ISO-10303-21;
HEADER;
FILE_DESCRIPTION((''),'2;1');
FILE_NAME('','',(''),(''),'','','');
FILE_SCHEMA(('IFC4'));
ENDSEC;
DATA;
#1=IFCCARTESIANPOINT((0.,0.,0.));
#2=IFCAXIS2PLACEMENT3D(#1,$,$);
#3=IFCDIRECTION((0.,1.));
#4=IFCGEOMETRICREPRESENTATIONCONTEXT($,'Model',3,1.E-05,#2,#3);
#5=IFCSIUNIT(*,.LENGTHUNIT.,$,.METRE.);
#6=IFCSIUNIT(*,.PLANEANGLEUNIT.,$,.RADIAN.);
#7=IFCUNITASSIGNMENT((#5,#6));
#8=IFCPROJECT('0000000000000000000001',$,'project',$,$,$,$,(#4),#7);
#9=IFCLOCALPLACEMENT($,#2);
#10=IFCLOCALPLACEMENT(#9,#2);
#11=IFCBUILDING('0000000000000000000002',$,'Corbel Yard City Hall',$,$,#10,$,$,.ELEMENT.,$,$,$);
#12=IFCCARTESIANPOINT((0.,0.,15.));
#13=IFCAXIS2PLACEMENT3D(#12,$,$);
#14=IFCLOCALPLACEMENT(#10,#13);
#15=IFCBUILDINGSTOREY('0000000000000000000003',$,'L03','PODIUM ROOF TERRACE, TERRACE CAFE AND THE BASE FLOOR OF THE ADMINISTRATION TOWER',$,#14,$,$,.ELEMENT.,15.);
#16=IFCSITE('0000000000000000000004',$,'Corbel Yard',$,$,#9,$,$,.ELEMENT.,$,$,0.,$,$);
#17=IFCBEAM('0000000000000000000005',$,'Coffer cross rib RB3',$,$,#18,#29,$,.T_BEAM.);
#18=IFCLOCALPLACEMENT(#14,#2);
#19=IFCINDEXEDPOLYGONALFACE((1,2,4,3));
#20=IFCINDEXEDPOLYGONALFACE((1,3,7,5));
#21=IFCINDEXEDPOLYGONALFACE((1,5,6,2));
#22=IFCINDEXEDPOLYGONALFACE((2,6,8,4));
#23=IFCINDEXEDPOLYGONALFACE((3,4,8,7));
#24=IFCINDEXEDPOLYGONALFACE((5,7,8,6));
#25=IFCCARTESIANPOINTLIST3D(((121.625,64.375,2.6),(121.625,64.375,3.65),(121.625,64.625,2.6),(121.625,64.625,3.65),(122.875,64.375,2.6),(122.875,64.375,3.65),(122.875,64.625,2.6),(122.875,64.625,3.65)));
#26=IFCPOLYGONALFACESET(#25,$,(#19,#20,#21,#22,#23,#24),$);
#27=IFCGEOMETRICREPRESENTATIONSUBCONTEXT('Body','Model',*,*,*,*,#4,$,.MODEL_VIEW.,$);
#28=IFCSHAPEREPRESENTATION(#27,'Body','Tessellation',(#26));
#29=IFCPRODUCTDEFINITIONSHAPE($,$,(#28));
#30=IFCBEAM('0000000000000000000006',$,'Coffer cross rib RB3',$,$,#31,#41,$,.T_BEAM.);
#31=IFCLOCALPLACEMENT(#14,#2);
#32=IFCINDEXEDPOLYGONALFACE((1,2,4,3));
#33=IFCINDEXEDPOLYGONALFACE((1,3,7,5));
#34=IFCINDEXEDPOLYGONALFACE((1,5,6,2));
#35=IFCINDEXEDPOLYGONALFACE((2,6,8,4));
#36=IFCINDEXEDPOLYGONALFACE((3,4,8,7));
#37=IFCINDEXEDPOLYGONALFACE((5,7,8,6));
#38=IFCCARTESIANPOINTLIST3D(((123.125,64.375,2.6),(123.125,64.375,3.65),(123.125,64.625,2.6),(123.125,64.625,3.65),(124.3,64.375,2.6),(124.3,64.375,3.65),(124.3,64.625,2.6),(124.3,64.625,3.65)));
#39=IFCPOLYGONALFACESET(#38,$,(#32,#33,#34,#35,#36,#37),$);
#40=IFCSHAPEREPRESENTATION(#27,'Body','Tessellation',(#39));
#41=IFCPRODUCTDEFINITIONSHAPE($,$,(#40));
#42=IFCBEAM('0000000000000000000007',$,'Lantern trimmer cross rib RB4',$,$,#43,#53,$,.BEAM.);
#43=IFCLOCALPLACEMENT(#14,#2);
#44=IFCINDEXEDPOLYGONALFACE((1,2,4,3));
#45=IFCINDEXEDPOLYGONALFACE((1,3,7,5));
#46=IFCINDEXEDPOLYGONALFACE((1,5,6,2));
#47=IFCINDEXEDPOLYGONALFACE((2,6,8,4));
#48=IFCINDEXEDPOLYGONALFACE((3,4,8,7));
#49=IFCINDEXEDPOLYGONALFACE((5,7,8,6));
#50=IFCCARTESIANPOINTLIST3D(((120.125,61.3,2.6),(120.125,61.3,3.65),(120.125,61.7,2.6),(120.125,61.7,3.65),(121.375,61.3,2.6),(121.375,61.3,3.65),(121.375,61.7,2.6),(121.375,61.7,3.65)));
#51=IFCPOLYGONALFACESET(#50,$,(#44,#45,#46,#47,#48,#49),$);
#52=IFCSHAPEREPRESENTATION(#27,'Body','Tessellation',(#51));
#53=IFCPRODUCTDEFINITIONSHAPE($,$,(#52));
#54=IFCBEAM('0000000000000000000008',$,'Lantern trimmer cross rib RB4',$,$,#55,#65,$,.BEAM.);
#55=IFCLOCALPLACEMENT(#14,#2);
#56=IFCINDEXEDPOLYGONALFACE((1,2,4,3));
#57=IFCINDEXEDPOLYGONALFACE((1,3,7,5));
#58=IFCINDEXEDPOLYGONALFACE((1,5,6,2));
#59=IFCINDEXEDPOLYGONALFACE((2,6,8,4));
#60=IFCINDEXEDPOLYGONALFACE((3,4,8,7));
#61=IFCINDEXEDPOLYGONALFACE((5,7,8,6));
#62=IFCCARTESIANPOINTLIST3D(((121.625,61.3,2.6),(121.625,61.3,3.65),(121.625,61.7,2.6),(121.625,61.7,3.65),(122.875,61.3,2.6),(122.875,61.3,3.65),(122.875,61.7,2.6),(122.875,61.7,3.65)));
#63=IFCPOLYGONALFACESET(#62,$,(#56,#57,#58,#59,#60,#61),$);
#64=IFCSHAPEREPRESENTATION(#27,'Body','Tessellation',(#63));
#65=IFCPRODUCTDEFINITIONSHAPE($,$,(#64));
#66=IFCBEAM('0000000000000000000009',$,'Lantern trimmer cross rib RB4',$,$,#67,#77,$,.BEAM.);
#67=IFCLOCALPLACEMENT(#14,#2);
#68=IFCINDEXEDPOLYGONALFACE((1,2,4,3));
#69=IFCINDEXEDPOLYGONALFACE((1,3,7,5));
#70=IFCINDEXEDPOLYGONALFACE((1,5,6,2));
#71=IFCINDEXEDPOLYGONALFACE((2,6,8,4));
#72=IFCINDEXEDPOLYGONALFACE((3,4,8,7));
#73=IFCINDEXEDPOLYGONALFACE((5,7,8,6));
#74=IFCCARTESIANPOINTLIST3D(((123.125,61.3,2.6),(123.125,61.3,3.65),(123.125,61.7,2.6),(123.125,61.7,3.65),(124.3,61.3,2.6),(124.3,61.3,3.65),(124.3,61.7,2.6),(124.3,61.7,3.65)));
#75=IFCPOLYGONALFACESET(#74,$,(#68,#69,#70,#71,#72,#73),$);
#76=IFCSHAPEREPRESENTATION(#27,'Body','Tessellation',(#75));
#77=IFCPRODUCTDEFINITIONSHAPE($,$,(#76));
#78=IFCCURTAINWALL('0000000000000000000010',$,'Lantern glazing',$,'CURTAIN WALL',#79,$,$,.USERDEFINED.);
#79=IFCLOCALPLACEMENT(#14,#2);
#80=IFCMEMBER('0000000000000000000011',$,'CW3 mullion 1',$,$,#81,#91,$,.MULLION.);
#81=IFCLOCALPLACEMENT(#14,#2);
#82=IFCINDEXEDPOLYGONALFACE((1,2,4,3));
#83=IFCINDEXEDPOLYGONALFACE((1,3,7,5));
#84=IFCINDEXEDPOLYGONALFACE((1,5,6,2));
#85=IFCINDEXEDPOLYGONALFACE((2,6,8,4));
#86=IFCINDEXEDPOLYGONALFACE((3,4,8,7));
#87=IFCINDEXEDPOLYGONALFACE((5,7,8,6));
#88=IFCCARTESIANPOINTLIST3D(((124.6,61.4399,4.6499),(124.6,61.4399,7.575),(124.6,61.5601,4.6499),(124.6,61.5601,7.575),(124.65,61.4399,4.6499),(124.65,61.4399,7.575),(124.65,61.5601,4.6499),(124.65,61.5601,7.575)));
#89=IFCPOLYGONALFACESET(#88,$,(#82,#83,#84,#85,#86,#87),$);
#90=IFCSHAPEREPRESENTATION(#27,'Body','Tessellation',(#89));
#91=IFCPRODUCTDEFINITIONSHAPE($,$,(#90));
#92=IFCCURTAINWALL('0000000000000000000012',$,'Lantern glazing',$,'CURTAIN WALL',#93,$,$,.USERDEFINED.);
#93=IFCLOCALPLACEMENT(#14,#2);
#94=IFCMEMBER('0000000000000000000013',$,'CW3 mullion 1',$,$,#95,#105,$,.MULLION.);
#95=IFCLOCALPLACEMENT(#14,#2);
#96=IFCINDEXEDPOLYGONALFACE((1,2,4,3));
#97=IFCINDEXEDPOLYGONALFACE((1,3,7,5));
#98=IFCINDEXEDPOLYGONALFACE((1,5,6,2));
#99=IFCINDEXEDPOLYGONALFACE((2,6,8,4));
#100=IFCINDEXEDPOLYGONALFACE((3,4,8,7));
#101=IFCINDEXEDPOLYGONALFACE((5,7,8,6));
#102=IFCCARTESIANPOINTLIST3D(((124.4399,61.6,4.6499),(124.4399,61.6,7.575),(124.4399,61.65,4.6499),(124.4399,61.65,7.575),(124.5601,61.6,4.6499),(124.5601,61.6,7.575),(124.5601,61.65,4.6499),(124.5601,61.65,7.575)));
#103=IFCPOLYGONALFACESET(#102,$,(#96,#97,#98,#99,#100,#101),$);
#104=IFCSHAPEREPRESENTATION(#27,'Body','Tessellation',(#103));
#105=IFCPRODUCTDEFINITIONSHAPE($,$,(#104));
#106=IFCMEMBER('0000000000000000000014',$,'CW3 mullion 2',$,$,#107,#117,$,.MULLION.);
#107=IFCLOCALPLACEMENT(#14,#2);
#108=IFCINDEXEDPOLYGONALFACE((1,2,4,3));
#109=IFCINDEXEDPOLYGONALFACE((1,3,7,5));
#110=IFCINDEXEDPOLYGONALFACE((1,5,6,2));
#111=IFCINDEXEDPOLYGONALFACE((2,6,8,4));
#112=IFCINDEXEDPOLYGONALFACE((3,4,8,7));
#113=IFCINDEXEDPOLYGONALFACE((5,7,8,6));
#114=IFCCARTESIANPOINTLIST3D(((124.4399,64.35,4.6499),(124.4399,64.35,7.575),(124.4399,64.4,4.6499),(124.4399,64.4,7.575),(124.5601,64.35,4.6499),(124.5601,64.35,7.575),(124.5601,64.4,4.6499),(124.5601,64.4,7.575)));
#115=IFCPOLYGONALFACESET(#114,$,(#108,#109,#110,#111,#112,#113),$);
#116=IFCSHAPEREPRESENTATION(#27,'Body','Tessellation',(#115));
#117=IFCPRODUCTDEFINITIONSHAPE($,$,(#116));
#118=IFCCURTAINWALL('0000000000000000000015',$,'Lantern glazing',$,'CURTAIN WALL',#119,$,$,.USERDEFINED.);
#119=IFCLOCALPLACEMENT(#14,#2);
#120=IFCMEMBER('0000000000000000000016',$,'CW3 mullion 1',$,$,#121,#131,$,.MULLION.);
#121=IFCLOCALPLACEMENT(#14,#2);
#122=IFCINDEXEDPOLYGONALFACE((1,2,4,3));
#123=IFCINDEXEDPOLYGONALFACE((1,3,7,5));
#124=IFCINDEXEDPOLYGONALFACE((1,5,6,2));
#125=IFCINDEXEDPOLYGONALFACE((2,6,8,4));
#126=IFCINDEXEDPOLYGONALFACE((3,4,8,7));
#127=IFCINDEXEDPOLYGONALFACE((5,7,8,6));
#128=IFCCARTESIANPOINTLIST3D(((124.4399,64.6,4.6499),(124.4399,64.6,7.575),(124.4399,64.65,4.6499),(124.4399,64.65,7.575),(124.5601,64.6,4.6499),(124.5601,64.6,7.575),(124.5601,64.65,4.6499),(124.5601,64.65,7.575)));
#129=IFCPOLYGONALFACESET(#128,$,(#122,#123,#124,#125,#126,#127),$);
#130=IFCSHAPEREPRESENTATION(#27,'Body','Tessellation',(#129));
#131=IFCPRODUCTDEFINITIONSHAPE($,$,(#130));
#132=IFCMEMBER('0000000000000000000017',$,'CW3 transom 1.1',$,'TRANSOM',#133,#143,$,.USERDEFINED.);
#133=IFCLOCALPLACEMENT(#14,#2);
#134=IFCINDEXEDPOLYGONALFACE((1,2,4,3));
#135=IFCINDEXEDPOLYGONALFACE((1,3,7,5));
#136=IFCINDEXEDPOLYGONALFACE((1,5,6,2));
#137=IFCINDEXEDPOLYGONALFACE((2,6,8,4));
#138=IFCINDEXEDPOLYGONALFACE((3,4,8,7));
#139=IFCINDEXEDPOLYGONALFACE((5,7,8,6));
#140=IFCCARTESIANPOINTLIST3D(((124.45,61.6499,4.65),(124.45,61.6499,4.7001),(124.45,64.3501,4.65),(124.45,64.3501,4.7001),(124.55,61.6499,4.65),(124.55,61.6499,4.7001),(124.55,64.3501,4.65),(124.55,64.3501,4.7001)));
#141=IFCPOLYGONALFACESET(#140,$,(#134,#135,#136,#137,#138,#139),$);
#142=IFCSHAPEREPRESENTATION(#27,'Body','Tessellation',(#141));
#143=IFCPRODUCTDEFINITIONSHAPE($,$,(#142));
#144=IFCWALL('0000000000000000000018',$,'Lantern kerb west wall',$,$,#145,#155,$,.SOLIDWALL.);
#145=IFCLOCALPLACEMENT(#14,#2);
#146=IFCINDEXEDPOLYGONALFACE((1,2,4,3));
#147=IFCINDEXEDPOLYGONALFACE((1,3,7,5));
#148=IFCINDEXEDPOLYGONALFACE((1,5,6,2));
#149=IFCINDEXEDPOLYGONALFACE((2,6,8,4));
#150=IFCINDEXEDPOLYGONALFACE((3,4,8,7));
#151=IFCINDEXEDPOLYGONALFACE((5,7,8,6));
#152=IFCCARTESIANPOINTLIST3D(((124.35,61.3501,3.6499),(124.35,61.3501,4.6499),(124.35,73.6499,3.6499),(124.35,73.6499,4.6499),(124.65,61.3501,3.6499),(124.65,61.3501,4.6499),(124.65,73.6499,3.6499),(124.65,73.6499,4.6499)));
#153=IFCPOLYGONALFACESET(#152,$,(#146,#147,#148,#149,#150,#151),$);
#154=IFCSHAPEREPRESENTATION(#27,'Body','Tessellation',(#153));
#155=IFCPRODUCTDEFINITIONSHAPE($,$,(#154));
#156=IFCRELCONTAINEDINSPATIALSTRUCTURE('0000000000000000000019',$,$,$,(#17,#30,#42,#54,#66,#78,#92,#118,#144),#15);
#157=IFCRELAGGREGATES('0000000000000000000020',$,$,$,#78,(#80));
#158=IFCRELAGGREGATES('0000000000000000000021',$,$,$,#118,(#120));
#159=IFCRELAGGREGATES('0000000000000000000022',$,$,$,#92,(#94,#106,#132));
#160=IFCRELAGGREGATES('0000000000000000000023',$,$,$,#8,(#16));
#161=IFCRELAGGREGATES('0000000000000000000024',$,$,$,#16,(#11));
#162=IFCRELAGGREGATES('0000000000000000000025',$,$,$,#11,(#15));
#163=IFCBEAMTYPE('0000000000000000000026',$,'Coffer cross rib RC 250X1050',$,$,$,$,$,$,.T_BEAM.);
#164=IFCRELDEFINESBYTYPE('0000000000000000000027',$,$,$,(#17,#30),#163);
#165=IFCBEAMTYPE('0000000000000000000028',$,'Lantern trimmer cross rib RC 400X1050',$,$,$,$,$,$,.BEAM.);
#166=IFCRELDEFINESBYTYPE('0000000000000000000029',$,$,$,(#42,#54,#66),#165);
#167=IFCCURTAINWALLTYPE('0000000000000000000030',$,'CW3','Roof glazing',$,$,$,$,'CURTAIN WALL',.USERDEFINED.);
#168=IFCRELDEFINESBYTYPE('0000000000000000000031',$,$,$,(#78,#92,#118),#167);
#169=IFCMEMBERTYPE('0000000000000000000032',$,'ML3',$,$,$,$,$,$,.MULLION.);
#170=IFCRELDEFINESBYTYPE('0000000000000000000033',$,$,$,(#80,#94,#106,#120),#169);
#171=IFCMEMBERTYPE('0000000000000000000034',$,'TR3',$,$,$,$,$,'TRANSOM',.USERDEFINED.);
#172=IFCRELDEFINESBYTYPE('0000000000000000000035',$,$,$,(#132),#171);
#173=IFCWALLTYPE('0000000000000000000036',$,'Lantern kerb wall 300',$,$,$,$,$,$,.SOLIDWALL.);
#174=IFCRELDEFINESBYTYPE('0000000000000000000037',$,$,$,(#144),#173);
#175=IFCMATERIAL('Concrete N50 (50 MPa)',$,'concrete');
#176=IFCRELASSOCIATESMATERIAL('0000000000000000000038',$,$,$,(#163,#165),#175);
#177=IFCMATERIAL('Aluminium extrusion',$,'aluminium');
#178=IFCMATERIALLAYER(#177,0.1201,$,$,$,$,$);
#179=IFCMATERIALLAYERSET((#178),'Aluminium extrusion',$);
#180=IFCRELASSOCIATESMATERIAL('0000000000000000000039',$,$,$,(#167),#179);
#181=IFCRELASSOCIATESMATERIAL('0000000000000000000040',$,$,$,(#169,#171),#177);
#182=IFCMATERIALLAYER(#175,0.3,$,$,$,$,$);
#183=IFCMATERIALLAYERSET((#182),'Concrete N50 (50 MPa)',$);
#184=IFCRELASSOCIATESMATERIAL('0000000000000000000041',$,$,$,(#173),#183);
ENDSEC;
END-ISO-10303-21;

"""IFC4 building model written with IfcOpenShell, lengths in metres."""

from ifc_helpers import new_model, si_unit, direction, frame, frame_2d, origin, origin_2d, place, context, subcontext, project, spatial, rectangle, extrude, material, layer, layer_set, material_profile, profile_set, type_object, element, aggregate, save


model = new_model("IFC4")

# Units and contexts
model_context = context("Model", 3, precision=1e-05, world=origin(), true_north=direction((0.0, 1.0)))
body_context = subcontext(model_context, "Body", "Model", "MODEL_VIEW")
ifc_project = project(units=[si_unit("LENGTHUNIT", "METRE"), si_unit("PLANEANGLEUNIT", "RADIAN")], contexts=[model_context])

# Site, building, storey
site_placement = place(None, origin())
site = spatial("IfcSite", under=ifc_project, at=site_placement, Name="Corbel Yard", CompositionType="ELEMENT", RefElevation=0.0)
building_placement = place(site_placement, origin())
building = spatial("IfcBuilding", under=site, at=building_placement, Name="Corbel Yard City Hall", CompositionType="ELEMENT")
storey_placement = place(building_placement, frame((0.0, 0.0, 15.0)))
storey = spatial("IfcBuildingStorey", under=building, at=storey_placement, Name="L03", Description="PODIUM ROOF TERRACE, TERRACE CAFE AND THE BASE FLOOR OF THE ADMINISTRATION TOWER", CompositionType="ELEMENT", Elevation=15.0)

# Beams
ifc_material_1 = material(Name="Concrete N50 (50 MPa)", Category="concrete")
ifc_material_profile_1 = material_profile(ifc_material_1, rectangle(XDim=0.25, YDim=1.05, at=origin_2d()), Name="250x1050")
ifc_profile_set_1 = profile_set([ifc_material_profile_1], Name="Concrete N50 (50 MPa)")
beam_type_1 = type_object("IfcBeamType", Name="Coffer cross rib RC 250X1050", PredefinedType="T_BEAM", material=ifc_profile_set_1)
for number, where, z_axis, x_axis, name in (
    (1, (121.625, 64.5, 3.125), (1.0, 0.0, 0.0), (0.0, 1.0, 0.0), "Coffer cross rib RB3"),
):
    element("IfcBeam", number, at=place(storey_placement, frame(where, z_axis=z_axis, x_axis=x_axis)), inside=storey, type_object=beam_type_1, Name=name, PredefinedType="T_BEAM", context=body_context, shape_type="SweptSolid", body=[
        extrude(rectangle(XDim=0.25, YDim=1.05, at=origin_2d()), origin(), (0.0, 0.0, 1.0), 1.25),
    ])
beam_1_placement = place(storey_placement, frame((123.125, 64.5, 3.125), z_axis=(1.0, 0.0, 0.0), x_axis=(0.0, 1.0, 0.0)))
element("IfcBeam", 2, at=beam_1_placement, inside=storey, type_object=beam_type_1, Name="Coffer cross rib RB3", PredefinedType="T_BEAM", context=body_context, shape_type="SweptSolid", body=[
    extrude(rectangle(XDim=0.25, YDim=1.05, at=origin_2d()), origin(), (0.0, 0.0, 1.0), 1.175),
])
ifc_material_profile_2 = material_profile(ifc_material_1, rectangle(XDim=0.3999, YDim=1.05, at=origin_2d()), Name="400x1050")
ifc_profile_set_2 = profile_set([ifc_material_profile_2], Name="Concrete N50 (50 MPa)")
beam_type_2 = type_object("IfcBeamType", Name="Lantern trimmer cross rib RC 400X1050", PredefinedType="BEAM", material=ifc_profile_set_2)
for number, where, z_axis, x_axis, name in (
    (3, (120.125, 61.5, 3.125), (1.0, 0.0, 0.0), (0.0, 1.0, 0.0), "Lantern trimmer cross rib RB4"),
    (4, (121.625, 61.5, 3.125), (1.0, 0.0, 0.0), (0.0, 1.0, 0.0), "Lantern trimmer cross rib RB4"),
):
    element("IfcBeam", number, at=place(storey_placement, frame(where, z_axis=z_axis, x_axis=x_axis)), inside=storey, type_object=beam_type_2, Name=name, PredefinedType="BEAM", context=body_context, shape_type="SweptSolid", body=[
        extrude(rectangle(XDim=0.3999, YDim=1.05, at=origin_2d()), origin(), (0.0, 0.0, 1.0), 1.25),
    ])
beam_2_placement = place(storey_placement, frame((123.125, 61.5, 3.125), z_axis=(1.0, 0.0, 0.0), x_axis=(0.0, 1.0, 0.0)))
element("IfcBeam", 5, at=beam_2_placement, inside=storey, type_object=beam_type_2, Name="Lantern trimmer cross rib RB4", PredefinedType="BEAM", context=body_context, shape_type="SweptSolid", body=[
    extrude(rectangle(XDim=0.3999, YDim=1.05, at=origin_2d()), origin(), (0.0, 0.0, 1.0), 1.175),
])

# Curtain wall, member
ifc_material_2 = material(Name="Aluminium extrusion", Category="aluminium")
ifc_layer_1 = layer(ifc_material_2, 0.1201)
ifc_layer_set_1 = layer_set([ifc_layer_1], Name="Aluminium extrusion")
curtain_wall_type = type_object("IfcCurtainWallType", Name="CW3", Description="Roof glazing", ElementType="CURTAIN WALL", PredefinedType="USERDEFINED", material=ifc_layer_set_1)
curtain_wall_1_placement = place(storey_placement, origin())
curtain_wall_1 = element("IfcCurtainWall", 6, at=curtain_wall_1_placement, inside=storey, type_object=curtain_wall_type, Name="Lantern glazing", ObjectType="CURTAIN WALL", PredefinedType="USERDEFINED")
ifc_material_profile_3 = material_profile(ifc_material_2, rectangle(XDim=0.1201, YDim=0.05, at=origin_2d()), Name="120x50")
ifc_profile_set_3 = profile_set([ifc_material_profile_3], Name="Aluminium extrusion")
member_type_1 = type_object("IfcMemberType", Name="ML3", PredefinedType="MULLION", material=ifc_profile_set_3)
member_1_placement = place(storey_placement, frame((124.625, 61.5, 4.6499), z_axis=(0.0, 0.0, 1.0), x_axis=(0.0, 1.0, 0.0)))
member_1 = element("IfcMember", 7, at=member_1_placement, type_object=member_type_1, Name="CW3 mullion 1", PredefinedType="MULLION", context=body_context, shape_type="SweptSolid", body=[
    extrude(rectangle(XDim=0.1201, YDim=0.05, at=origin_2d()), origin(), (0.0, 0.0, 1.0), 2.925),
])
aggregate(curtain_wall_1, [member_1])

# Curtain wall, members
curtain_wall_2_placement = place(storey_placement, origin())
curtain_wall_2 = element("IfcCurtainWall", 8, at=curtain_wall_2_placement, inside=storey, type_object=curtain_wall_type, Name="Lantern glazing", ObjectType="CURTAIN WALL", PredefinedType="USERDEFINED")
member_2_placement = place(storey_placement, frame((124.5, 61.625, 4.6499), z_axis=(0.0, 0.0, 1.0), x_axis=(-1.0, 0.0, 0.0)))
member_2 = element("IfcMember", 9, at=member_2_placement, type_object=member_type_1, Name="CW3 mullion 1", PredefinedType="MULLION", context=body_context, shape_type="SweptSolid", body=[
    extrude(rectangle(XDim=0.1201, YDim=0.05, at=origin_2d()), origin(), (0.0, 0.0, 1.0), 2.925),
])
member_3_placement = place(storey_placement, frame((124.5, 64.375, 4.6499), z_axis=(0.0, 0.0, 1.0), x_axis=(-1.0, 0.0, 0.0)))
member_3 = element("IfcMember", 10, at=member_3_placement, type_object=member_type_1, Name="CW3 mullion 2", PredefinedType="MULLION", context=body_context, shape_type="SweptSolid", body=[
    extrude(rectangle(XDim=0.1201, YDim=0.05, at=origin_2d()), origin(), (0.0, 0.0, 1.0), 2.925),
])

# Curtain wall, member
curtain_wall_3_placement = place(storey_placement, origin())
curtain_wall_3 = element("IfcCurtainWall", 11, at=curtain_wall_3_placement, inside=storey, type_object=curtain_wall_type, Name="Lantern glazing", ObjectType="CURTAIN WALL", PredefinedType="USERDEFINED")
member_4_placement = place(storey_placement, frame((124.5, 64.625, 4.6499), z_axis=(0.0, 0.0, 1.0), x_axis=(-1.0, 0.0, 0.0)))
member_4 = element("IfcMember", 12, at=member_4_placement, type_object=member_type_1, Name="CW3 mullion 1", PredefinedType="MULLION", context=body_context, shape_type="SweptSolid", body=[
    extrude(rectangle(XDim=0.1201, YDim=0.05, at=origin_2d()), origin(), (0.0, 0.0, 1.0), 2.925),
])
aggregate(curtain_wall_3, [member_4])

# Member
ifc_material_profile_4 = material_profile(ifc_material_2, rectangle(XDim=0.1001, YDim=0.05, at=origin_2d()), Name="100x50")
ifc_profile_set_4 = profile_set([ifc_material_profile_4], Name="Aluminium extrusion")
member_type_2 = type_object("IfcMemberType", Name="TR3", ElementType="TRANSOM", PredefinedType="USERDEFINED", material=ifc_profile_set_4)
member_5_placement = place(storey_placement, frame((124.5, 61.6499, 4.675), z_axis=(0.0, 1.0, 0.0), x_axis=(-1.0, 0.0, 0.0)))
member_5 = element("IfcMember", 13, at=member_5_placement, type_object=member_type_2, Name="CW3 transom 1.1", ObjectType="TRANSOM", PredefinedType="USERDEFINED", context=body_context, shape_type="SweptSolid", body=[
    extrude(rectangle(XDim=0.1001, YDim=0.05, at=origin_2d()), origin(), (0.0, 0.0, 1.0), 2.7002),
])
aggregate(curtain_wall_2, [member_2, member_3, member_5])

# Wall
ifc_layer_2 = layer(ifc_material_1, 0.3)
ifc_layer_set_2 = layer_set([ifc_layer_2], Name="Concrete N50 (50 MPa)")
wall_type = type_object("IfcWallType", Name="Lantern kerb wall 300", PredefinedType="SOLIDWALL", material=ifc_layer_set_2)
wall_placement = place(storey_placement, frame((124.5, 61.3501, 3.6499), z_axis=(0.0, 0.0, 1.0), x_axis=(0.0, 1.0, 0.0)))
element("IfcWall", 14, at=wall_placement, inside=storey, type_object=wall_type, Name="Lantern kerb west wall", PredefinedType="SOLIDWALL", context=body_context, shape_type="SweptSolid", body=[
    extrude(rectangle(XDim=12.2998, YDim=0.3, at=frame_2d((6.1499, 0.0))), origin(), (0.0, 0.0, 1.0), 1.0),
])

save(model, "model.ifc")
